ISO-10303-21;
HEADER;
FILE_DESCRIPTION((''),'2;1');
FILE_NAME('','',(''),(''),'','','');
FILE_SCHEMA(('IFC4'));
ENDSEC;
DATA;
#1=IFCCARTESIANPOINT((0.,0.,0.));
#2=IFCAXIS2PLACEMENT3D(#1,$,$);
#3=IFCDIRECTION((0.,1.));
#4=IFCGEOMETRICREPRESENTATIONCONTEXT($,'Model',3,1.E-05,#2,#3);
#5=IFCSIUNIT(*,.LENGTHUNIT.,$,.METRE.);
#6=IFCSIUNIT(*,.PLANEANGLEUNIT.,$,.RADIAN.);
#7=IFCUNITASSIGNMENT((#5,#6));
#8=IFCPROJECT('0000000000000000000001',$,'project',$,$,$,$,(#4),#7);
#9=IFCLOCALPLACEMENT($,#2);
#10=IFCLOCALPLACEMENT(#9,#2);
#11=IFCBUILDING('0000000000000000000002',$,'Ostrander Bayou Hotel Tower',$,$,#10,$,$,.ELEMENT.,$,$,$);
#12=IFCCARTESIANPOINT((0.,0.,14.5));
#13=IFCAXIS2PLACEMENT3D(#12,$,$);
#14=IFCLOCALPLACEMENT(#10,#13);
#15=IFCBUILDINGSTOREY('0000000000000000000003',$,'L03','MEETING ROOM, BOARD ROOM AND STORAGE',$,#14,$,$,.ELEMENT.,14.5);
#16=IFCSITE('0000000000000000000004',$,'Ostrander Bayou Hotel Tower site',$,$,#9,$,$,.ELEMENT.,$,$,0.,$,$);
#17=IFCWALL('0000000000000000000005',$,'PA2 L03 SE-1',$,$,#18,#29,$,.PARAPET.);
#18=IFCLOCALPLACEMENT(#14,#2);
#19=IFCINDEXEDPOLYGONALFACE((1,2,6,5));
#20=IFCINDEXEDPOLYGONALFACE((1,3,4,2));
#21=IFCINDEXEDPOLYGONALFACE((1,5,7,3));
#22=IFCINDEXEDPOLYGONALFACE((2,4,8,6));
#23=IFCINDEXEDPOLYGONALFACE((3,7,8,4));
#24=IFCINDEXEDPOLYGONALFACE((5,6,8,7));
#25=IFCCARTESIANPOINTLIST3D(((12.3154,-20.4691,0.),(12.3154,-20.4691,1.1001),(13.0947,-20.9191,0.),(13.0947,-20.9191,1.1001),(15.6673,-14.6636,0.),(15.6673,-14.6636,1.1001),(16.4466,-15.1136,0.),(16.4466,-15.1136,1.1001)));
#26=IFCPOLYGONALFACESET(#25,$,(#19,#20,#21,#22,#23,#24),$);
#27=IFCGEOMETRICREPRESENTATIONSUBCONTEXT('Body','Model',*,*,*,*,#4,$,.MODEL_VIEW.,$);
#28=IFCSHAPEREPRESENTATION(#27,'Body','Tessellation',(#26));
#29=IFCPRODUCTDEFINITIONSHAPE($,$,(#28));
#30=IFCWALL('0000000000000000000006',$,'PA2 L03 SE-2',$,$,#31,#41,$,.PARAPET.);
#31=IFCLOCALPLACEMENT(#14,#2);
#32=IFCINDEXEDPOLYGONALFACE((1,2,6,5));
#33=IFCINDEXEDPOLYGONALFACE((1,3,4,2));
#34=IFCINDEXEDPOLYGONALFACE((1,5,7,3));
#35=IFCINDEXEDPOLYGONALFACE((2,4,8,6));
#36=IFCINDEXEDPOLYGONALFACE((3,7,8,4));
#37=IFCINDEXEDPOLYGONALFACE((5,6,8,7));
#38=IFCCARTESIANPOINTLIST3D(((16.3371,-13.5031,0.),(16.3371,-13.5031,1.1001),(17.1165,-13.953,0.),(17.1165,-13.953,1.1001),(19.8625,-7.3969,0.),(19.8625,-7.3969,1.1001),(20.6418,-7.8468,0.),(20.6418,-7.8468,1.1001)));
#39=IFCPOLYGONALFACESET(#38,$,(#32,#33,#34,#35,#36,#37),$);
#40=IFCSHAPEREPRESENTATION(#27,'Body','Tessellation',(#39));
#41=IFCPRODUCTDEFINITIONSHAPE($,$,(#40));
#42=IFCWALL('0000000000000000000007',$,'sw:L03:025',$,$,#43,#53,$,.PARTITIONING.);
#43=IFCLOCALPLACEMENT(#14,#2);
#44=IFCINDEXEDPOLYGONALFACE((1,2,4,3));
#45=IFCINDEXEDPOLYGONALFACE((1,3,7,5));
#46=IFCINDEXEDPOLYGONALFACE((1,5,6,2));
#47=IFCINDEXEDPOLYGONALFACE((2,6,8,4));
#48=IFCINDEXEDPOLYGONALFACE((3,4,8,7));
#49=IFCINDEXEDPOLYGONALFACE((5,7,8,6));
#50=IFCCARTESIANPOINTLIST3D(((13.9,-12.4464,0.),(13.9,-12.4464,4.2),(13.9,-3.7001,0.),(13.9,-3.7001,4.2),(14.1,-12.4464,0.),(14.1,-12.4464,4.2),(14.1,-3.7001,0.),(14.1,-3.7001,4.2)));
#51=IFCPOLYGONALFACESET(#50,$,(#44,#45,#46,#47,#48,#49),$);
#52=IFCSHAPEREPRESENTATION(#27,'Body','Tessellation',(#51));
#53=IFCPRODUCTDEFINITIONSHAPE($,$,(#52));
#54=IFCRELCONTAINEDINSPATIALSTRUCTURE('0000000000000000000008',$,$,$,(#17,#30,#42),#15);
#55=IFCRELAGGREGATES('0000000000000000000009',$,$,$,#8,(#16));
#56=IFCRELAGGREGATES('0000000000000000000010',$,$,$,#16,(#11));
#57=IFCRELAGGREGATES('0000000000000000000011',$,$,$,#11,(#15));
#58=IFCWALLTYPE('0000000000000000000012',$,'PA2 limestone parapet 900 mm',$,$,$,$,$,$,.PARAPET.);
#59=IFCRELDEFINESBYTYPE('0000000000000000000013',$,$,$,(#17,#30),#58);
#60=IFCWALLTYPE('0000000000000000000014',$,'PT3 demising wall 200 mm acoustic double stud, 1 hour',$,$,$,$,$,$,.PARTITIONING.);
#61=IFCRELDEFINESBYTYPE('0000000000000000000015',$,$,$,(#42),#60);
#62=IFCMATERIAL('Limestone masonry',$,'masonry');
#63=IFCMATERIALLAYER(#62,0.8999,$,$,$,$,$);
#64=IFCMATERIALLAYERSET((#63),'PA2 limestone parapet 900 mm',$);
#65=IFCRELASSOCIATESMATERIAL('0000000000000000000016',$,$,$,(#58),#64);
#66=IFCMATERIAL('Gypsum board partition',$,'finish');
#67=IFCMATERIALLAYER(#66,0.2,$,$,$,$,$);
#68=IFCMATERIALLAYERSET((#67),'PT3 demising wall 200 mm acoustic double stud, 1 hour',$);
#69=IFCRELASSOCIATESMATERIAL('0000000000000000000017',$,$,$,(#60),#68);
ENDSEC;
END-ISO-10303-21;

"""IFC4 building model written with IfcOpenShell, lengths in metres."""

from ifc_helpers import new_model, si_unit, direction, frame, frame_2d, origin, place, context, subcontext, project, spatial, rectangle, extrude, material, layer, layer_set, type_object, element, save


model = new_model("IFC4")

# Units and contexts
model_context = context("Model", 3, precision=1e-05, world=origin(), true_north=direction((0.0, 1.0)))
body_context = subcontext(model_context, "Body", "Model", "MODEL_VIEW")
ifc_project = project(units=[si_unit("LENGTHUNIT", "METRE"), si_unit("PLANEANGLEUNIT", "RADIAN")], contexts=[model_context])

# Site, building, storey
site_placement = place(None, origin())
site = spatial("IfcSite", under=ifc_project, at=site_placement, Name="Ostrander Bayou Hotel Tower site", CompositionType="ELEMENT", RefElevation=0.0)
building_placement = place(site_placement, origin())
building = spatial("IfcBuilding", under=site, at=building_placement, Name="Ostrander Bayou Hotel Tower", CompositionType="ELEMENT")
storey_placement = place(building_placement, frame((0.0, 0.0, 14.5)))
storey = spatial("IfcBuildingStorey", under=building, at=storey_placement, Name="L03", Description="MEETING ROOM, BOARD ROOM AND STORAGE", CompositionType="ELEMENT", Elevation=14.5)

# Walls
ifc_material_1 = material(Name="Limestone masonry", Category="masonry")
ifc_layer_1 = layer(ifc_material_1, 0.8999)
ifc_layer_set_1 = layer_set([ifc_layer_1], Name="PA2 limestone parapet 900 mm")
wall_type_1 = type_object("IfcWallType", Name="PA2 limestone parapet 900 mm", PredefinedType="PARAPET", material=ifc_layer_set_1)
wall_1_placement = place(storey_placement, frame((12.7051, -20.6941, 0.0), z_axis=(0.0, 0.0, 1.0), x_axis=(0.500005, 0.866022, 0.0)))
element("IfcWall", 1, at=wall_1_placement, inside=storey, type_object=wall_type_1, Name="PA2 L03 SE-1", PredefinedType="PARAPET", context=body_context, shape_type="SweptSolid", body=[
    extrude(rectangle(XDim=6.7036, YDim=0.8999, at=frame_2d((3.3518, 0.0))), origin(), (0.0, 0.0, 1.0), 1.1001),
])
wall_2_placement = place(storey_placement, frame((16.7268, -13.728, 0.0), z_axis=(0.0, 0.0, 1.0), x_axis=(0.499997, 0.866027, 0.0)))
element("IfcWall", 2, at=wall_2_placement, inside=storey, type_object=wall_type_1, Name="PA2 L03 SE-2", PredefinedType="PARAPET", context=body_context, shape_type="SweptSolid", body=[
    extrude(rectangle(XDim=7.0508, YDim=0.8999, at=frame_2d((3.5254, 0.0))), origin(), (0.0, 0.0, 1.0), 1.1001),
])
ifc_material_2 = material(Name="Gypsum board partition", Category="finish")
ifc_layer_2 = layer(ifc_material_2, 0.2)
ifc_layer_set_2 = layer_set([ifc_layer_2], Name="PT3 demising wall 200 mm acoustic double stud, 1 hour")
wall_type_2 = type_object("IfcWallType", Name="PT3 demising wall 200 mm acoustic double stud, 1 hour", PredefinedType="PARTITIONING", material=ifc_layer_set_2)
wall_3_placement = place(storey_placement, frame((14.0, -12.4463, 0.0), z_axis=(0.0, 0.0, 1.0), x_axis=(0.0, 1.0, 0.0)))
element("IfcWall", 3, at=wall_3_placement, inside=storey, type_object=wall_type_2, Name="sw:L03:025", PredefinedType="PARTITIONING", context=body_context, shape_type="SweptSolid", body=[
    extrude(rectangle(XDim=8.7463, YDim=0.2, at=frame_2d((4.373, 0.0))), origin(), (0.0, 0.0, 1.0), 4.2),
])

save(model, "model.ifc")
